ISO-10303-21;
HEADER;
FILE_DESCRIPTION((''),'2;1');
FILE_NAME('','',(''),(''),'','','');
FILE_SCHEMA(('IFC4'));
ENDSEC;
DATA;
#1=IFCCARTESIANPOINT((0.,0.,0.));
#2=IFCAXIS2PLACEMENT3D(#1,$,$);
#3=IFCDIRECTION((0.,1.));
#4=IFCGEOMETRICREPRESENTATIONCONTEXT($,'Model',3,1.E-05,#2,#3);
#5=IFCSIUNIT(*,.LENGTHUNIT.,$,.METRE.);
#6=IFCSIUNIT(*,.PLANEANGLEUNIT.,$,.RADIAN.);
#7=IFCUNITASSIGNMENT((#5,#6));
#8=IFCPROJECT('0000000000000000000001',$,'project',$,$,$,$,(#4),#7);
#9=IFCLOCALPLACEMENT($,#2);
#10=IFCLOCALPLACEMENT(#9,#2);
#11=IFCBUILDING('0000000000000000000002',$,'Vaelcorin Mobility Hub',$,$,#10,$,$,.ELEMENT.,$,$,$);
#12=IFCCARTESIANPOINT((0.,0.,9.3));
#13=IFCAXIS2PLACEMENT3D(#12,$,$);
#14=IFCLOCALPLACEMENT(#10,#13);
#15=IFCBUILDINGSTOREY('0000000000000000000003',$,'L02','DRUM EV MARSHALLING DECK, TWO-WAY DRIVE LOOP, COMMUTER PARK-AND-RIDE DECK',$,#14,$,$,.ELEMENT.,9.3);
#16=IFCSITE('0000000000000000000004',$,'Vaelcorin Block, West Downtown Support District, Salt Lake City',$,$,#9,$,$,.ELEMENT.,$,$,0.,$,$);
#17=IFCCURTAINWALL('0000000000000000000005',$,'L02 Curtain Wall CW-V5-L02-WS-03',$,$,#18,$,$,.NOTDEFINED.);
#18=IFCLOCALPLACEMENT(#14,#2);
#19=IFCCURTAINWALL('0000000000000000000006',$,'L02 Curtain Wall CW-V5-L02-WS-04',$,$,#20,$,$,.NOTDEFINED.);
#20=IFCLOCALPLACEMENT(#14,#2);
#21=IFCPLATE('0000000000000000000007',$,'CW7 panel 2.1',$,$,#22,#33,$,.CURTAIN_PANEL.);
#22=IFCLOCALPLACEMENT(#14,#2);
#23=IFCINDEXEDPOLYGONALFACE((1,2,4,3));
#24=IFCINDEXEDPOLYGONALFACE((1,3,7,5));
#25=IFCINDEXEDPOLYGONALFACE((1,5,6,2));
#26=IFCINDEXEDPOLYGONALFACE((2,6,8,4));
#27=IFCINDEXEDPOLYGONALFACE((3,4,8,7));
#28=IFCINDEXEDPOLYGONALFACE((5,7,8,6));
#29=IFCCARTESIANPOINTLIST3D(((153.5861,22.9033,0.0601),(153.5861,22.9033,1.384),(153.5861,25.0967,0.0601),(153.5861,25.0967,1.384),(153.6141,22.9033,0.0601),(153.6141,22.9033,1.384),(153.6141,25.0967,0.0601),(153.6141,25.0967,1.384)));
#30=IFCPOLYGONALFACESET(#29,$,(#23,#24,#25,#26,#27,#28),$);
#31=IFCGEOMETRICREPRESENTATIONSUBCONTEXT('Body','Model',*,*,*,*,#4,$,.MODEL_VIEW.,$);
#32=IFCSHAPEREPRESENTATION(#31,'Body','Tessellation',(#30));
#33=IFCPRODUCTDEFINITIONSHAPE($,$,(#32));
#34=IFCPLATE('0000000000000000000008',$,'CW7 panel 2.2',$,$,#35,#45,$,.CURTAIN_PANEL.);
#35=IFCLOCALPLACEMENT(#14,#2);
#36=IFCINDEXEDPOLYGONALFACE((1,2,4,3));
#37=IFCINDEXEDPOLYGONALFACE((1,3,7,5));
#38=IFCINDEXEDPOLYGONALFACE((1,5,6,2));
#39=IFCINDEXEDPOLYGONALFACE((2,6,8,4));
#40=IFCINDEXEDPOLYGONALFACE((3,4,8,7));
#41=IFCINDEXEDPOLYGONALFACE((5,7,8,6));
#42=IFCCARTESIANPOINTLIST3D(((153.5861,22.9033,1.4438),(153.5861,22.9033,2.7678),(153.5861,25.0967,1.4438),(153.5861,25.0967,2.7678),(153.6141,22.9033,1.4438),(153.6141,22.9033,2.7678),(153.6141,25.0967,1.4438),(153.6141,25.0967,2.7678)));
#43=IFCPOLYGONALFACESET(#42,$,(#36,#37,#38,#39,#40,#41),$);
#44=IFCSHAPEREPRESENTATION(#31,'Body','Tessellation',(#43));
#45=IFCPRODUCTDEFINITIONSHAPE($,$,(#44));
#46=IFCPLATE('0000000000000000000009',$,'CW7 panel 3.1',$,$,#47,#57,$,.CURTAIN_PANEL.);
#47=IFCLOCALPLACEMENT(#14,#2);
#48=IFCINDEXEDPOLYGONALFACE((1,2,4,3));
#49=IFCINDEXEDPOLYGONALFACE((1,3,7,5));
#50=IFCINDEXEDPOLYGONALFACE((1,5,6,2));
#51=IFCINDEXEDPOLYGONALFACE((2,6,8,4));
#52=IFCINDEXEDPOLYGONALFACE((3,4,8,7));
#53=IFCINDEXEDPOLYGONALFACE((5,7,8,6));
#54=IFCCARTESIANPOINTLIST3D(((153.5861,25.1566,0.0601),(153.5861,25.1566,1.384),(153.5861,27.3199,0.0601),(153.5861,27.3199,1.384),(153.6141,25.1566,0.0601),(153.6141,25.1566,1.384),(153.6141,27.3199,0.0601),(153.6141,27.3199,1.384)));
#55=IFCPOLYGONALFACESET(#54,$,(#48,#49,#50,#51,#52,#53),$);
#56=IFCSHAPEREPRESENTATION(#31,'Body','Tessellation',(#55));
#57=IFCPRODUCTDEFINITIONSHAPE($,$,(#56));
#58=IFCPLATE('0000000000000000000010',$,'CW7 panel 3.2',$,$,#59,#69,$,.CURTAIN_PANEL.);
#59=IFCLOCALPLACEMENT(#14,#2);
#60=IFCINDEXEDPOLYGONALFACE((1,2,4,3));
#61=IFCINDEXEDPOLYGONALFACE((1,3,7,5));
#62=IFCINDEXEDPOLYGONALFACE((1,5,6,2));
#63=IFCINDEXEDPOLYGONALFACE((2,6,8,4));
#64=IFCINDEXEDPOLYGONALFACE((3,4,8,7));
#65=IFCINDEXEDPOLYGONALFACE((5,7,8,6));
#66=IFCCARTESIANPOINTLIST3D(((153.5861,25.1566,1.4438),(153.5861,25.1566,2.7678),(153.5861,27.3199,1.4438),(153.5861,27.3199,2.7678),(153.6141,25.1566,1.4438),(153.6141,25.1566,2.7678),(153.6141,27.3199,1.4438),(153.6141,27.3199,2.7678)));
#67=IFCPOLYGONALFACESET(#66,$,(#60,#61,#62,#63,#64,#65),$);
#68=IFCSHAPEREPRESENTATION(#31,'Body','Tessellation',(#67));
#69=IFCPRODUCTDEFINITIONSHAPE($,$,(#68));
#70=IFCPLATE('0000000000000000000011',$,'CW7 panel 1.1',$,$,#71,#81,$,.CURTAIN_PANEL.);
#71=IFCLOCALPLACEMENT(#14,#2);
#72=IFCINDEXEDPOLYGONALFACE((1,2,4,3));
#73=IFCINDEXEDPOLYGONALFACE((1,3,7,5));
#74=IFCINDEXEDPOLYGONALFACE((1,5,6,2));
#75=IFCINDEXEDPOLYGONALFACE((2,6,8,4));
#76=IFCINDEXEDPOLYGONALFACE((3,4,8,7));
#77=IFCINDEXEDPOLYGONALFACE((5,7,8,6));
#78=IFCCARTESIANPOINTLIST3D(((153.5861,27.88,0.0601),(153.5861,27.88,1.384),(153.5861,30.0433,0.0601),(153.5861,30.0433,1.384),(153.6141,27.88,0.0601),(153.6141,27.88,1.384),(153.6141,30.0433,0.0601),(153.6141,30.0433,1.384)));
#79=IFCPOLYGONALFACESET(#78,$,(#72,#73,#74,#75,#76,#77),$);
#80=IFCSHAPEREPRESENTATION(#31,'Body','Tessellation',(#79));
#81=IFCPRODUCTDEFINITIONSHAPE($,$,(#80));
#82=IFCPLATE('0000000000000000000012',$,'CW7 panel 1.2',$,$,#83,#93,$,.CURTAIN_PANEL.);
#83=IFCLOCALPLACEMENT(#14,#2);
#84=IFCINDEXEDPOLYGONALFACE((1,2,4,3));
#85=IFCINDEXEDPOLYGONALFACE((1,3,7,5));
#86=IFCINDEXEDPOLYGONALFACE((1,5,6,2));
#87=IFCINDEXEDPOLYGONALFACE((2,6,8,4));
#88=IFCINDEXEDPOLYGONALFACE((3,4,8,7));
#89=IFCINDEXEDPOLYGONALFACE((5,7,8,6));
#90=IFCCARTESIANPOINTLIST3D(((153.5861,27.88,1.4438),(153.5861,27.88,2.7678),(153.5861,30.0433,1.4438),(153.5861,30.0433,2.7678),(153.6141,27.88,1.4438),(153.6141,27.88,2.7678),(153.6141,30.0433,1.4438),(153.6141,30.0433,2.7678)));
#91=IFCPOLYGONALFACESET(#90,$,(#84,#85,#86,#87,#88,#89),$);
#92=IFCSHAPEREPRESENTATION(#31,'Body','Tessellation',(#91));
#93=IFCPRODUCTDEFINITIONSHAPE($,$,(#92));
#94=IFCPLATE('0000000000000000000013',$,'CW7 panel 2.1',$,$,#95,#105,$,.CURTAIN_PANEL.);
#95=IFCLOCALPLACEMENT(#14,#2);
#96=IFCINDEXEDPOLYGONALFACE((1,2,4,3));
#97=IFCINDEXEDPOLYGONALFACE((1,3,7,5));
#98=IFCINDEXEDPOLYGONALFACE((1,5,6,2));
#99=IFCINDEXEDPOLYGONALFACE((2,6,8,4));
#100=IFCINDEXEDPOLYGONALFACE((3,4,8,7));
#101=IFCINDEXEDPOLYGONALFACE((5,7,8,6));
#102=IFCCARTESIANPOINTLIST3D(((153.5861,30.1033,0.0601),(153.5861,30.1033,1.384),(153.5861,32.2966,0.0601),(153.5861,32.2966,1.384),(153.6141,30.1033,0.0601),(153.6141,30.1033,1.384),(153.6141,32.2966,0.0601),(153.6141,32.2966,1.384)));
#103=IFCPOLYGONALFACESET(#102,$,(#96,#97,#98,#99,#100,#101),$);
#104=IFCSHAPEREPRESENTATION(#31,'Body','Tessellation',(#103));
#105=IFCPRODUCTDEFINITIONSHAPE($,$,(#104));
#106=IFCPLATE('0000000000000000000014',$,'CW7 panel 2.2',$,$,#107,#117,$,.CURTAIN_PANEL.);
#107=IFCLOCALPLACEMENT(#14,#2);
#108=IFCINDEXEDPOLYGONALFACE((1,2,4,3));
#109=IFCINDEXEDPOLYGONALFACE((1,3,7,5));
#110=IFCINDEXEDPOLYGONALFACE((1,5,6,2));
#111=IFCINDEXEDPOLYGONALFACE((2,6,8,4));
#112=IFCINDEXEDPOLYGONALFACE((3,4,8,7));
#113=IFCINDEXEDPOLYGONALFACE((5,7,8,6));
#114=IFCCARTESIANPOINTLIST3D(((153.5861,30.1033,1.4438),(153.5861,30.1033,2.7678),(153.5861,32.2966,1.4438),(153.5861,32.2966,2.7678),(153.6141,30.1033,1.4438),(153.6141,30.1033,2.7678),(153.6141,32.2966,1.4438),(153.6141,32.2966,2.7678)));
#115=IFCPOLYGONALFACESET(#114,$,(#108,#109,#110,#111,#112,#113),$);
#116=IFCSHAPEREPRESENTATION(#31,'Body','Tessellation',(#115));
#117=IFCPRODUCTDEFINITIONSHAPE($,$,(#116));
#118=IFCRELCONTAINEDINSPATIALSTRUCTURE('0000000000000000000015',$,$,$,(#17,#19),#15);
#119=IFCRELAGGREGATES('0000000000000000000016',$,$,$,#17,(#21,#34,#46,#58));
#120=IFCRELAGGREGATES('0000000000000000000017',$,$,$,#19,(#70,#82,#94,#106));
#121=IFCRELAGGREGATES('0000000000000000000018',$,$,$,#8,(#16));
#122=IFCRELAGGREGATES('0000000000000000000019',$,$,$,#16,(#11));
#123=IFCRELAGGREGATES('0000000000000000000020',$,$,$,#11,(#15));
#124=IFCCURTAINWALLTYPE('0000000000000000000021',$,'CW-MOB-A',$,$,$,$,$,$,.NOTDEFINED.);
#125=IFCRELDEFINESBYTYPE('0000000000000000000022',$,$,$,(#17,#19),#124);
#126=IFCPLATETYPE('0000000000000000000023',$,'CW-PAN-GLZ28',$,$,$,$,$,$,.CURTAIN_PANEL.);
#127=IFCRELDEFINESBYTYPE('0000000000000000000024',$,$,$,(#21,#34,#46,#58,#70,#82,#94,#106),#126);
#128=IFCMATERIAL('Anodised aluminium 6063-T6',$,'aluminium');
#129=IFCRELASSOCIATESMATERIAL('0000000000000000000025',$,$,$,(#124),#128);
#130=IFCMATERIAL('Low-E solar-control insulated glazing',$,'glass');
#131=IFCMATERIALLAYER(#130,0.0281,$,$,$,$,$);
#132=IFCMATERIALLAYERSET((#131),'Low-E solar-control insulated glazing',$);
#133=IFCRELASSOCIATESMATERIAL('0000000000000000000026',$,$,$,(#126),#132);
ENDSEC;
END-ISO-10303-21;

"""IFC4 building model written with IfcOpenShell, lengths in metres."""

from ifc_helpers import new_model, si_unit, direction, frame, origin, origin_2d, place, context, subcontext, project, spatial, rectangle, extrude, material, layer, layer_set, type_object, element, aggregate, save


model = new_model("IFC4")

# Units and contexts
model_context = context("Model", 3, precision=1e-05, world=origin(), true_north=direction((0.0, 1.0)))
body_context = subcontext(model_context, "Body", "Model", "MODEL_VIEW")
ifc_project = project(units=[si_unit("LENGTHUNIT", "METRE"), si_unit("PLANEANGLEUNIT", "RADIAN")], contexts=[model_context])

# Site, building, storey
site_placement = place(None, origin())
site = spatial("IfcSite", under=ifc_project, at=site_placement, Name="Vaelcorin Block, West Downtown Support District, Salt Lake City", CompositionType="ELEMENT", RefElevation=0.0)
building_placement = place(site_placement, origin())
building = spatial("IfcBuilding", under=site, at=building_placement, Name="Vaelcorin Mobility Hub", CompositionType="ELEMENT")
storey_placement = place(building_placement, frame((0.0, 0.0, 9.3)))
storey = spatial("IfcBuildingStorey", under=building, at=storey_placement, Name="L02", Description="DRUM EV MARSHALLING DECK, TWO-WAY DRIVE LOOP, COMMUTER PARK-AND-RIDE DECK", CompositionType="ELEMENT", Elevation=9.3)

# Curtain walls
ifc_material_1 = material(Name="Anodised aluminium 6063-T6", Category="aluminium")
curtain_wall_type = type_object("IfcCurtainWallType", Name="CW-MOB-A", PredefinedType="NOTDEFINED", material=ifc_material_1)
curtain_wall_1_placement = place(storey_placement, origin())
curtain_wall_1 = element("IfcCurtainWall", 1, at=curtain_wall_1_placement, inside=storey, type_object=curtain_wall_type, Name="L02 Curtain Wall CW-V5-L02-WS-03", PredefinedType="NOTDEFINED")
curtain_wall_2_placement = place(storey_placement, origin())
curtain_wall_2 = element("IfcCurtainWall", 2, at=curtain_wall_2_placement, inside=storey, type_object=curtain_wall_type, Name="L02 Curtain Wall CW-V5-L02-WS-04", PredefinedType="NOTDEFINED")

# Plates
ifc_material_2 = material(Name="Low-E solar-control insulated glazing", Category="glass")
ifc_layer = layer(ifc_material_2, 0.0281)
ifc_layer_set = layer_set([ifc_layer], Name="Low-E solar-control insulated glazing")
plate_type = type_object("IfcPlateType", Name="CW-PAN-GLZ28", PredefinedType="CURTAIN_PANEL", material=ifc_layer_set)
plate_1_placement = place(storey_placement, frame((153.6001, 24.0, 0.0601), z_axis=(0.0, 0.0, 1.0), x_axis=(0.0, 1.0, 0.0)))
plate_1 = element("IfcPlate", 3, at=plate_1_placement, type_object=plate_type, Name="CW7 panel 2.1", PredefinedType="CURTAIN_PANEL", context=body_context, shape_type="SweptSolid", body=[
    extrude(rectangle(XDim=2.1934, YDim=0.0281, at=origin_2d()), origin(), (0.0, 0.0, 1.0), 1.324),
])
plate_2_placement = place(storey_placement, frame((153.6001, 24.0, 1.4438), z_axis=(0.0, 0.0, 1.0), x_axis=(0.0, 1.0, 0.0)))
plate_2 = element("IfcPlate", 4, at=plate_2_placement, type_object=plate_type, Name="CW7 panel 2.2", PredefinedType="CURTAIN_PANEL", context=body_context, shape_type="SweptSolid", body=[
    extrude(rectangle(XDim=2.1934, YDim=0.0281, at=origin_2d()), origin(), (0.0, 0.0, 1.0), 1.324),
])
plate_3_placement = place(storey_placement, frame((153.6001, 26.2383, 0.0601), z_axis=(0.0, 0.0, 1.0), x_axis=(0.0, 1.0, 0.0)))
plate_3 = element("IfcPlate", 5, at=plate_3_placement, type_object=plate_type, Name="CW7 panel 3.1", PredefinedType="CURTAIN_PANEL", context=body_context, shape_type="SweptSolid", body=[
    extrude(rectangle(XDim=2.1633, YDim=0.0281, at=origin_2d()), origin(), (0.0, 0.0, 1.0), 1.324),
])
plate_4_placement = place(storey_placement, frame((153.6001, 26.2383, 1.4438), z_axis=(0.0, 0.0, 1.0), x_axis=(0.0, 1.0, 0.0)))
plate_4 = element("IfcPlate", 6, at=plate_4_placement, type_object=plate_type, Name="CW7 panel 3.2", PredefinedType="CURTAIN_PANEL", context=body_context, shape_type="SweptSolid", body=[
    extrude(rectangle(XDim=2.1633, YDim=0.0281, at=origin_2d()), origin(), (0.0, 0.0, 1.0), 1.324),
])
aggregate(curtain_wall_1, [plate_1, plate_2, plate_3, plate_4])
plate_5_placement = place(storey_placement, frame((153.6001, 28.9617, 0.0601), z_axis=(0.0, 0.0, 1.0), x_axis=(0.0, 1.0, 0.0)))
plate_5 = element("IfcPlate", 7, at=plate_5_placement, type_object=plate_type, Name="CW7 panel 1.1", PredefinedType="CURTAIN_PANEL", context=body_context, shape_type="SweptSolid", body=[
    extrude(rectangle(XDim=2.1633, YDim=0.0281, at=origin_2d()), origin(), (0.0, 0.0, 1.0), 1.324),
])
plate_6_placement = place(storey_placement, frame((153.6001, 28.9617, 1.4438), z_axis=(0.0, 0.0, 1.0), x_axis=(0.0, 1.0, 0.0)))
plate_6 = element("IfcPlate", 8, at=plate_6_placement, type_object=plate_type, Name="CW7 panel 1.2", PredefinedType="CURTAIN_PANEL", context=body_context, shape_type="SweptSolid", body=[
    extrude(rectangle(XDim=2.1633, YDim=0.0281, at=origin_2d()), origin(), (0.0, 0.0, 1.0), 1.324),
])
plate_7_placement = place(storey_placement, frame((153.6001, 31.2, 0.0601), z_axis=(0.0, 0.0, 1.0), x_axis=(0.0, 1.0, 0.0)))
plate_7 = element("IfcPlate", 9, at=plate_7_placement, type_object=plate_type, Name="CW7 panel 2.1", PredefinedType="CURTAIN_PANEL", context=body_context, shape_type="SweptSolid", body=[
    extrude(rectangle(XDim=2.1934, YDim=0.0281, at=origin_2d()), origin(), (0.0, 0.0, 1.0), 1.324),
])
plate_8_placement = place(storey_placement, frame((153.6001, 31.2, 1.4438), z_axis=(0.0, 0.0, 1.0), x_axis=(0.0, 1.0, 0.0)))
plate_8 = element("IfcPlate", 10, at=plate_8_placement, type_object=plate_type, Name="CW7 panel 2.2", PredefinedType="CURTAIN_PANEL", context=body_context, shape_type="SweptSolid", body=[
    extrude(rectangle(XDim=2.1934, YDim=0.0281, at=origin_2d()), origin(), (0.0, 0.0, 1.0), 1.324),
])
aggregate(curtain_wall_2, [plate_5, plate_6, plate_7, plate_8])

save(model, "model.ifc")
